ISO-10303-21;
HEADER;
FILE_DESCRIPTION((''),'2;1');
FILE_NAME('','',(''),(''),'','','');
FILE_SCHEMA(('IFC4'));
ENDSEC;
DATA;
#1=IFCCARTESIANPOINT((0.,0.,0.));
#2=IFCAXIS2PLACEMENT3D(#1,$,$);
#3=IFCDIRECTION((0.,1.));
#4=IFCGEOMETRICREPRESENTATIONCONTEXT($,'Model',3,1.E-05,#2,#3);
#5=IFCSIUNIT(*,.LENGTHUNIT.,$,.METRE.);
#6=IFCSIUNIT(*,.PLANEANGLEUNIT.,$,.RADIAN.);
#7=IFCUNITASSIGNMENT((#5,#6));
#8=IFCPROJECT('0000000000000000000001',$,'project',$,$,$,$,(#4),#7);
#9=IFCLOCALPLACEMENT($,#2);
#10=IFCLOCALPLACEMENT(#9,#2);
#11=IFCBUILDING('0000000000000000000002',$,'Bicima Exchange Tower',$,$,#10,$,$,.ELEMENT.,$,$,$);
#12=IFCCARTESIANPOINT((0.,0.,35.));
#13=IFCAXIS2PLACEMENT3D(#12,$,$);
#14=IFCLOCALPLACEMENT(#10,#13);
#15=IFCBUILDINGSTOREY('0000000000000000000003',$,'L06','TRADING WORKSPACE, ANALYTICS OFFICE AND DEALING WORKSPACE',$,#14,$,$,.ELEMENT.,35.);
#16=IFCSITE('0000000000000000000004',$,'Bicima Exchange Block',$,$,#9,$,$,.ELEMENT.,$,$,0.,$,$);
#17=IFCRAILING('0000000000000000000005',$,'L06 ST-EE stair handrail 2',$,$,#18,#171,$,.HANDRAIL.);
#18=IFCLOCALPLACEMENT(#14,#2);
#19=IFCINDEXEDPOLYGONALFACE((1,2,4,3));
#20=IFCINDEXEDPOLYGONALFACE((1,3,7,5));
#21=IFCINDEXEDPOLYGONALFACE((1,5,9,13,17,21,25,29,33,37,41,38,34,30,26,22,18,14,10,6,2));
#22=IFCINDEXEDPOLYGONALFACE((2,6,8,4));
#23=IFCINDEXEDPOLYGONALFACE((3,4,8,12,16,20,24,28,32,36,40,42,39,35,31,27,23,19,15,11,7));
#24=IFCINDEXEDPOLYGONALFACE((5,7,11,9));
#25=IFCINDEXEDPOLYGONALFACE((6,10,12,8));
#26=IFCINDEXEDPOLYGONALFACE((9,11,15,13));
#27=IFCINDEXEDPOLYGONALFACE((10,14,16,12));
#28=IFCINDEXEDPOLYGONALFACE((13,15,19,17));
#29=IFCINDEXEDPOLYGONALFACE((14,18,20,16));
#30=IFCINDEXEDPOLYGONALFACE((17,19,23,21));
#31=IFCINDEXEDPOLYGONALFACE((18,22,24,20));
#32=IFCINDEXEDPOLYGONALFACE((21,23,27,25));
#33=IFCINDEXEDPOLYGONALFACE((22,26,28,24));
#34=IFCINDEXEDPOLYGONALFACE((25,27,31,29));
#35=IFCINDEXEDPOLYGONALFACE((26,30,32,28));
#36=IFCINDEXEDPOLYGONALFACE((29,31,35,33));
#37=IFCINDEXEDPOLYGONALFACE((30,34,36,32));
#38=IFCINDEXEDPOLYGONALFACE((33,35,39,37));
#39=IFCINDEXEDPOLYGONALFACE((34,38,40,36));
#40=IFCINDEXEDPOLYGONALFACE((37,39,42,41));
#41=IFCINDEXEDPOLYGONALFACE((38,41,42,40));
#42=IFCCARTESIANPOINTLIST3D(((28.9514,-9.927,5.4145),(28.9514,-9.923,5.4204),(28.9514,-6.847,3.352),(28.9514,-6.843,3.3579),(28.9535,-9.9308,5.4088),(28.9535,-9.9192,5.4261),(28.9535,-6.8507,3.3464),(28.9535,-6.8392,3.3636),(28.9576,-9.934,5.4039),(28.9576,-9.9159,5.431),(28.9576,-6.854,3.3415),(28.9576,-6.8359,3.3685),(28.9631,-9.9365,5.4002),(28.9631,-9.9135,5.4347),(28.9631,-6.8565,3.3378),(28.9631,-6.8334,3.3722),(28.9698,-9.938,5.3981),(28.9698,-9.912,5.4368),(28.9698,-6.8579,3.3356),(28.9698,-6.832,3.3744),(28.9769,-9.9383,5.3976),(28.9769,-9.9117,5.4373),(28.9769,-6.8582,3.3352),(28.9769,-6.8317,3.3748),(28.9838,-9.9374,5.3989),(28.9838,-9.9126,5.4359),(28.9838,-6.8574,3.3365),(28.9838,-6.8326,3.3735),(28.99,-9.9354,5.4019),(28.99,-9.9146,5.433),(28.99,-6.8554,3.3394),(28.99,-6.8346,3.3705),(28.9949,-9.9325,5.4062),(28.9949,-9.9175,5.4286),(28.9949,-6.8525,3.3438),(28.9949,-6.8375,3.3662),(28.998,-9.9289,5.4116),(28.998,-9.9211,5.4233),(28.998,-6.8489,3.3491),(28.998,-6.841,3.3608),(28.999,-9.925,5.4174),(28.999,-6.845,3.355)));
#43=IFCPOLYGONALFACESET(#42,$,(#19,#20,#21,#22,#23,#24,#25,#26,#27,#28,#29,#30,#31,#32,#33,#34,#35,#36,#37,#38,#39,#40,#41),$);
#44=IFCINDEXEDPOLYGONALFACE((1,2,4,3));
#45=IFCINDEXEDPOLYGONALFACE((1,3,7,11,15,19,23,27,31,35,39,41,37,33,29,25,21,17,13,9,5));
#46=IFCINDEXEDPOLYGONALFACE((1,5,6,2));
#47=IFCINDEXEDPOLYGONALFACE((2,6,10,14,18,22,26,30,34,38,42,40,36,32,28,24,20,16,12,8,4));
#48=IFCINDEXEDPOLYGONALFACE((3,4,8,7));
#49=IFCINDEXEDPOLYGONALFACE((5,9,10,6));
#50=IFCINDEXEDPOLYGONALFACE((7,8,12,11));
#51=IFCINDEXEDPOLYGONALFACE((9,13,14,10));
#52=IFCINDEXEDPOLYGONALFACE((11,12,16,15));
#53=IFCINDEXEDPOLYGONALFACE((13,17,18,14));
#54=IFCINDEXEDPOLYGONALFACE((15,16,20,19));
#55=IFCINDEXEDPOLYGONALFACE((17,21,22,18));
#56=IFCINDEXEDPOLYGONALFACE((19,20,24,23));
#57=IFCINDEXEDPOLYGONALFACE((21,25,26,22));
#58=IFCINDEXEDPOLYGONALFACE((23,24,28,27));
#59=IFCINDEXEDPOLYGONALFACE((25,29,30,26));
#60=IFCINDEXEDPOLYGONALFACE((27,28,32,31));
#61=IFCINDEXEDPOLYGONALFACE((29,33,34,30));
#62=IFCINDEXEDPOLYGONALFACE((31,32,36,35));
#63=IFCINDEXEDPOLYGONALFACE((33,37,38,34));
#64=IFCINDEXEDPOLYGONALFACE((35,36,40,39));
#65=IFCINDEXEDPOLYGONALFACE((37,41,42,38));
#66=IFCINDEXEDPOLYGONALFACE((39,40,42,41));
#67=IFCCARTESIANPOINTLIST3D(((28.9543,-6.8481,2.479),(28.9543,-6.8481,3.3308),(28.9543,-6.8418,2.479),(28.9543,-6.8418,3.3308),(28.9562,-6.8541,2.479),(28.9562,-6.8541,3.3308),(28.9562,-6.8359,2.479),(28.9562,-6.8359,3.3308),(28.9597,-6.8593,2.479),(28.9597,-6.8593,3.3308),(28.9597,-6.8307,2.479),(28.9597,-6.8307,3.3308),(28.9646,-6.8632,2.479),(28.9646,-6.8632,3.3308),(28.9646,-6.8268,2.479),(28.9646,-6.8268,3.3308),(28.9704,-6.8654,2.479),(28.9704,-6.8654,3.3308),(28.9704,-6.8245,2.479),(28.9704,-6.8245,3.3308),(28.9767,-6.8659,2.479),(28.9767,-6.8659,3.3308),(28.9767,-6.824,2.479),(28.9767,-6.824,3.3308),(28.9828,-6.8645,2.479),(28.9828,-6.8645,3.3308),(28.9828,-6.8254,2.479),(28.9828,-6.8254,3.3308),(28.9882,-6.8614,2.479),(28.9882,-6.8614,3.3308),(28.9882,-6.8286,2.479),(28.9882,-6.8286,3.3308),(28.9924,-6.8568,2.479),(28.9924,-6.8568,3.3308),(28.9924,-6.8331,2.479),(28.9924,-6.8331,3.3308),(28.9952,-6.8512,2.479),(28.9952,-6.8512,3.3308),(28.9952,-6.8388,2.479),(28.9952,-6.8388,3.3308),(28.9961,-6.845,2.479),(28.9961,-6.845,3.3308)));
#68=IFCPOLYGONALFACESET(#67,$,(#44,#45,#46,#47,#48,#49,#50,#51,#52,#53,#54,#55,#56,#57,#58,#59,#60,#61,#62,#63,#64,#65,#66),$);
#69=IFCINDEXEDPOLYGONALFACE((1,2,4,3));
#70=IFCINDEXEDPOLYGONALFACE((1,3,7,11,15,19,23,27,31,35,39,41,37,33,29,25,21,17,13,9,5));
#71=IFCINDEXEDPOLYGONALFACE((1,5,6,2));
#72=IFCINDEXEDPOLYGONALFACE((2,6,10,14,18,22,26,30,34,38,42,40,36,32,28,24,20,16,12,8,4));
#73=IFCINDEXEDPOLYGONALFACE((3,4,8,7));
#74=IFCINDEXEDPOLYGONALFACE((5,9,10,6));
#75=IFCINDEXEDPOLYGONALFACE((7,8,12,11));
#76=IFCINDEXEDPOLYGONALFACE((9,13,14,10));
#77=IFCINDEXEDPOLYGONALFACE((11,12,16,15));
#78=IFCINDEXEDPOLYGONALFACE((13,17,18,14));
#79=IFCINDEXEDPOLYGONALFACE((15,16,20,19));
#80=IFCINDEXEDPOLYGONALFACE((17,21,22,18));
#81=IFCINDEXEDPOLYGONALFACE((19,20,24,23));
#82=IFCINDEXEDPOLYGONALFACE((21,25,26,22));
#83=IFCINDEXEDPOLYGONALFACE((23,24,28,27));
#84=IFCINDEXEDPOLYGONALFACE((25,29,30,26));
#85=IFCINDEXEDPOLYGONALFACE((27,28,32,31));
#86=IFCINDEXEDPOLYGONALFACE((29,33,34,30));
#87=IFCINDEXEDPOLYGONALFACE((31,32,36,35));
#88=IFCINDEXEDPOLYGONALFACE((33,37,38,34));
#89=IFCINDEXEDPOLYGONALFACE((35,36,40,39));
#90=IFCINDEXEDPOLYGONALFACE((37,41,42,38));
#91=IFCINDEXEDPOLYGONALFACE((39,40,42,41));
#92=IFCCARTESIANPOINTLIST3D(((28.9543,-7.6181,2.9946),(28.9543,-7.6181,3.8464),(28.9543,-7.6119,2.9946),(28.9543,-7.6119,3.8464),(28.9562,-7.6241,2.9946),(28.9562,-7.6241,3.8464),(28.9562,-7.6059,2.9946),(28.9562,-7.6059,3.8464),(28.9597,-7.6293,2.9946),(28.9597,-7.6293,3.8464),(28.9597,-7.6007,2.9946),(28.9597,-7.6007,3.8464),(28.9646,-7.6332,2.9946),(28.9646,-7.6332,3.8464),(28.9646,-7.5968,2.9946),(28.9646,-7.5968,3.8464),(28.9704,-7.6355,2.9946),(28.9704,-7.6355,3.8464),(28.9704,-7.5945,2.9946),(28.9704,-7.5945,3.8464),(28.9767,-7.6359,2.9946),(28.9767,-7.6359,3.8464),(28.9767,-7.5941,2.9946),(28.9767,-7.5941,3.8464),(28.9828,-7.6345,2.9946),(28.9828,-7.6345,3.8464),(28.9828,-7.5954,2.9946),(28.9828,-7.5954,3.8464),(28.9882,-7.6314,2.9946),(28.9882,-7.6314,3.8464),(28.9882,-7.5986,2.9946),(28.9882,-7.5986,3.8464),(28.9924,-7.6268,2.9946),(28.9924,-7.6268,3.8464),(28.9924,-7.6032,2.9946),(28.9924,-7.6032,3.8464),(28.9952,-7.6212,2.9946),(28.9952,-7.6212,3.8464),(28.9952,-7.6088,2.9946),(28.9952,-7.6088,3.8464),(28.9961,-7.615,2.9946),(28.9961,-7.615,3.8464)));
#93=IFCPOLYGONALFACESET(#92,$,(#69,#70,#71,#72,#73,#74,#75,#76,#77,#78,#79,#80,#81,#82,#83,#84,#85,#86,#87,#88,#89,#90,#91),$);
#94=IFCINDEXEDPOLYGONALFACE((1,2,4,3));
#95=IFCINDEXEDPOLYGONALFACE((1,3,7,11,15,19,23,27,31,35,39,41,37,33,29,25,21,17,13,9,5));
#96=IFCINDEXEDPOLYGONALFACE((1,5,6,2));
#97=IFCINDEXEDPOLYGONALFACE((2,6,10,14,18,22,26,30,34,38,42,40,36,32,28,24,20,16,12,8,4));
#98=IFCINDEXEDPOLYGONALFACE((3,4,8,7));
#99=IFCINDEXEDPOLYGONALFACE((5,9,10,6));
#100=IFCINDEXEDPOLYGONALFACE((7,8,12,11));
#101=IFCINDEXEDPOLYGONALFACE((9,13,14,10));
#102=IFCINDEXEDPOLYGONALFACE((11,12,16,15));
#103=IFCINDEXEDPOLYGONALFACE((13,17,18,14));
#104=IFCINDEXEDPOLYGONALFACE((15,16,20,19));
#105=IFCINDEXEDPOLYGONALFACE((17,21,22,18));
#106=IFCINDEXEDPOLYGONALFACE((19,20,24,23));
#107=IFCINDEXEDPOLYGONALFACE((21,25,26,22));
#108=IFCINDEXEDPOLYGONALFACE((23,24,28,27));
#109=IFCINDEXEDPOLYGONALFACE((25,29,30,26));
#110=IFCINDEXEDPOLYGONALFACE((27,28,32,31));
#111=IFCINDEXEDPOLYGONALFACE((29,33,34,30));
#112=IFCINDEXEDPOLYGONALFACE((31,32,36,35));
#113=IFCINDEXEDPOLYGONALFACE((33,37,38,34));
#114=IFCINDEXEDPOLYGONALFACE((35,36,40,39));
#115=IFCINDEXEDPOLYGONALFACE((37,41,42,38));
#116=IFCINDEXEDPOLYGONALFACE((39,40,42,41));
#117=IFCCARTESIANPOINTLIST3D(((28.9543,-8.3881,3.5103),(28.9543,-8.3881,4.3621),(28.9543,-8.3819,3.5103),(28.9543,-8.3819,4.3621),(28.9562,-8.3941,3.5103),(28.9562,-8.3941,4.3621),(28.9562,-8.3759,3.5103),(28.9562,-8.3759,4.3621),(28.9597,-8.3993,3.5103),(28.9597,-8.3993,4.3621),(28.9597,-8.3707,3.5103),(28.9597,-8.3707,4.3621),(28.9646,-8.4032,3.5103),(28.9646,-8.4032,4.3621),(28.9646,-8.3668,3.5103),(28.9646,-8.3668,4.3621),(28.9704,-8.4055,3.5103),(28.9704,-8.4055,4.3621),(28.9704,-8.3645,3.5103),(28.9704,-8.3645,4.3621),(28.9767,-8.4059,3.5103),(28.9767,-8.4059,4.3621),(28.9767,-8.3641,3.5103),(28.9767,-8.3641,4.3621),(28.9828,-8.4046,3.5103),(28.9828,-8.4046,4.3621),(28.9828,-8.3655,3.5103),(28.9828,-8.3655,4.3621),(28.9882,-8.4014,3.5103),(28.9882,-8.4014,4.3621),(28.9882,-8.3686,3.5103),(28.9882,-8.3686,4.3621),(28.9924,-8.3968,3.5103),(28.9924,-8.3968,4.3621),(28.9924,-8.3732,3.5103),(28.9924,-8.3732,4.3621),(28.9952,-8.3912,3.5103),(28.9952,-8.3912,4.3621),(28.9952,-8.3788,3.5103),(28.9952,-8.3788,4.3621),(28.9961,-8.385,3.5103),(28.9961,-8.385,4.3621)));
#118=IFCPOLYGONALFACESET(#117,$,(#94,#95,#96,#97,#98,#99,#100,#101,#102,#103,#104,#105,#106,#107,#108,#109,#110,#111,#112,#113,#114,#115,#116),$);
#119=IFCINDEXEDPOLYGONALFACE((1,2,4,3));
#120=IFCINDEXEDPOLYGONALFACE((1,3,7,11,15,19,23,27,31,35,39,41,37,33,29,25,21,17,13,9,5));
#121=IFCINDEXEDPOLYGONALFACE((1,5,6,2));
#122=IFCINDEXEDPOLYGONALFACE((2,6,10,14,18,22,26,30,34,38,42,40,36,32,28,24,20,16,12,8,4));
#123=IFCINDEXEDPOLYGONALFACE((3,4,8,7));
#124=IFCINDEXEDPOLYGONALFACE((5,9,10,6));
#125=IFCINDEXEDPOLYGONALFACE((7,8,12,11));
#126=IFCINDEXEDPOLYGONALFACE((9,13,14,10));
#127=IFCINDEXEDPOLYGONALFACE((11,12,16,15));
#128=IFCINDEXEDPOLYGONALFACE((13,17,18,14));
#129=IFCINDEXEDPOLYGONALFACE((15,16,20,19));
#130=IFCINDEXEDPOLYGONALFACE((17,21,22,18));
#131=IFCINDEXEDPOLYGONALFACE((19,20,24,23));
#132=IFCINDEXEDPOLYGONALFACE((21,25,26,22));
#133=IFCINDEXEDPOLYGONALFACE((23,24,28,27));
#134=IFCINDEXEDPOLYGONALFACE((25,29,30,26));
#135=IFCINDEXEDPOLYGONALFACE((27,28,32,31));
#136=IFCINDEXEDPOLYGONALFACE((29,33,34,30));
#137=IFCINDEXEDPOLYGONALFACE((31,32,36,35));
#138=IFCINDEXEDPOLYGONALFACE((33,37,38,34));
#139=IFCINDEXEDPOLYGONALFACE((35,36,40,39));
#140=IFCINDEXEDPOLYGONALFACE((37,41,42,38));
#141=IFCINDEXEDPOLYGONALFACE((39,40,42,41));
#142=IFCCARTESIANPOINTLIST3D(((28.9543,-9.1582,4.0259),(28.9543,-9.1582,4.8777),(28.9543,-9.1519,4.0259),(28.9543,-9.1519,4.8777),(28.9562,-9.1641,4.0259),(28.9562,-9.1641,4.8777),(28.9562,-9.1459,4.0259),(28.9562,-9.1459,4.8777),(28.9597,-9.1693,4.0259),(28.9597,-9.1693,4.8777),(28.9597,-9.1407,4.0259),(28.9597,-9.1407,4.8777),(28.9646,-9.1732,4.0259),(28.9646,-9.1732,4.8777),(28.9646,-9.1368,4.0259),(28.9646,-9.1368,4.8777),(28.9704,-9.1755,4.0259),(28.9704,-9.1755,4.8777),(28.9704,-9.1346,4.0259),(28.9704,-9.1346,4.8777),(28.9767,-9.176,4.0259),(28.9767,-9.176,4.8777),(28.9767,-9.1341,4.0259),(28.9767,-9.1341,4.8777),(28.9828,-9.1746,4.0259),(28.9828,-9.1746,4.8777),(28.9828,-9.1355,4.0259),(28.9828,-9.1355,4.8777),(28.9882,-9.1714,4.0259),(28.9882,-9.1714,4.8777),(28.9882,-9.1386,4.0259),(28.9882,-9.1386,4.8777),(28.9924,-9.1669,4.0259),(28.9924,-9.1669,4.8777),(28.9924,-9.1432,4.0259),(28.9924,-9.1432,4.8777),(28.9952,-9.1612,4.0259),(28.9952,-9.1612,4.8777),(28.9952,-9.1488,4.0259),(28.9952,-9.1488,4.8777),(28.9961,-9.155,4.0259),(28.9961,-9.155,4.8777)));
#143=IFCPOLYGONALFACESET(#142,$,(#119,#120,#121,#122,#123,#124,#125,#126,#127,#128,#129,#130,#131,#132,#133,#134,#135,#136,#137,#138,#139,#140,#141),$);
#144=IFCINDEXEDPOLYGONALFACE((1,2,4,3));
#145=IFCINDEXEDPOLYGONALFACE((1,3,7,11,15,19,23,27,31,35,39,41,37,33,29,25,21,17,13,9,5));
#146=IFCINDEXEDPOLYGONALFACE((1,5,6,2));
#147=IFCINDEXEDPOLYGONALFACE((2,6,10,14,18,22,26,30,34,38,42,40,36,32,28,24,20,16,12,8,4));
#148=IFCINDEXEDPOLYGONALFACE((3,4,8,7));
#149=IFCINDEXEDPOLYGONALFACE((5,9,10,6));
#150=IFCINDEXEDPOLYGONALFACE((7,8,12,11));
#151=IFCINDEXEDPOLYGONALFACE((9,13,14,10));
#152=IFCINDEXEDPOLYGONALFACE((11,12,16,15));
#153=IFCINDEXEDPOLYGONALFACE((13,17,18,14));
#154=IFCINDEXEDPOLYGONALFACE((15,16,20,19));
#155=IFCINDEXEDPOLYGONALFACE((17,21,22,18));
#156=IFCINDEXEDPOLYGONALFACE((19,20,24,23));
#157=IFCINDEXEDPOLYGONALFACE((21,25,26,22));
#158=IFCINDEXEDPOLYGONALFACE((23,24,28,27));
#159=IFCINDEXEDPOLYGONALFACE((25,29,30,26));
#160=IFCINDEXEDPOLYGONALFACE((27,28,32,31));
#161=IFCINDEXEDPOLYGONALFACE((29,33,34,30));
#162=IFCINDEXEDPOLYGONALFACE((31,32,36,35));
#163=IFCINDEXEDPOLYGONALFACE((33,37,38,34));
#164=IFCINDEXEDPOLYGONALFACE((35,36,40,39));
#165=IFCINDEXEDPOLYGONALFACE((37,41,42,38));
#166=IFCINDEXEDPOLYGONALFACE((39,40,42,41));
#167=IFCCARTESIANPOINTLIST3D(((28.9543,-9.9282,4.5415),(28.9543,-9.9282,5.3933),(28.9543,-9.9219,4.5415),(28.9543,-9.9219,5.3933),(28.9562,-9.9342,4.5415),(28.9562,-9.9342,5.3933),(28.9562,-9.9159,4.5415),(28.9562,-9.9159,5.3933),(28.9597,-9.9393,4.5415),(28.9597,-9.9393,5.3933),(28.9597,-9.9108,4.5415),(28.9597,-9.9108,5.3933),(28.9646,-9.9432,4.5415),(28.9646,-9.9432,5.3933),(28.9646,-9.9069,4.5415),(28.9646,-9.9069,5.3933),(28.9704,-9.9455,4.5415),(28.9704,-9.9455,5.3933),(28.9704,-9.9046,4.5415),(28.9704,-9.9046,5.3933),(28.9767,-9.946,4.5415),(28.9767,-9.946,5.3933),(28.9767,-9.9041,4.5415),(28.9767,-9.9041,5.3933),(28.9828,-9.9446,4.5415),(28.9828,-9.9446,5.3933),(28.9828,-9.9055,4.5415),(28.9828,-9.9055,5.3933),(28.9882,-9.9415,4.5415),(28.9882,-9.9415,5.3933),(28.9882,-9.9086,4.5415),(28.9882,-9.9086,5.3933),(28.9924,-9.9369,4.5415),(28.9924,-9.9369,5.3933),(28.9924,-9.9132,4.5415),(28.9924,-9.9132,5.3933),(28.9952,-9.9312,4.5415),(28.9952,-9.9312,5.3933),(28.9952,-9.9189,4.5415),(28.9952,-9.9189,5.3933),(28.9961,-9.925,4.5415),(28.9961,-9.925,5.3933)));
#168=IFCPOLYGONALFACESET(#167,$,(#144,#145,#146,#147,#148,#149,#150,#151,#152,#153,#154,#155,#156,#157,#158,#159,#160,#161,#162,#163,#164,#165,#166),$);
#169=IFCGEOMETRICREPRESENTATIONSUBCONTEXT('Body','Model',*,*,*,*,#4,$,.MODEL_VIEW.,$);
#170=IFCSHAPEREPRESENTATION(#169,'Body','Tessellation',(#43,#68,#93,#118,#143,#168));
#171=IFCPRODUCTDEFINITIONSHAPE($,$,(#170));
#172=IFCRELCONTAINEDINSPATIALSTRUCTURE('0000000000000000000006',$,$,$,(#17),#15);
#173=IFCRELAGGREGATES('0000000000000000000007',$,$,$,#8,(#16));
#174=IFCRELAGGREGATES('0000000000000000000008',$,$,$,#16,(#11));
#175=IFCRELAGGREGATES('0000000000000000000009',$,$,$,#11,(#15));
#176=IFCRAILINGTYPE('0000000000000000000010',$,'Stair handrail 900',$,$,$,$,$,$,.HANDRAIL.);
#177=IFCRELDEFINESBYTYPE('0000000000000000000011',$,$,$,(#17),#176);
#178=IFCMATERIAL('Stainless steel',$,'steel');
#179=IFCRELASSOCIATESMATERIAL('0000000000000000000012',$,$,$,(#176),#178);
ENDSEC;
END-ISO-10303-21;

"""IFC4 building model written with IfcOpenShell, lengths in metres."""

from ifc_helpers import new_model, si_unit, direction, frame, origin, origin_2d, place, context, subcontext, project, spatial, circle, extrude, material, type_object, element, save


model = new_model("IFC4")

# Units and contexts
model_context = context("Model", 3, precision=1e-05, world=origin(), true_north=direction((0.0, 1.0)))
body_context = subcontext(model_context, "Body", "Model", "MODEL_VIEW")
ifc_project = project(units=[si_unit("LENGTHUNIT", "METRE"), si_unit("PLANEANGLEUNIT", "RADIAN")], contexts=[model_context])

# Site, building, storey
site_placement = place(None, origin())
site = spatial("IfcSite", under=ifc_project, at=site_placement, Name="Bicima Exchange Block", CompositionType="ELEMENT", RefElevation=0.0)
building_placement = place(site_placement, origin())
building = spatial("IfcBuilding", under=site, at=building_placement, Name="Bicima Exchange Tower", CompositionType="ELEMENT")
storey_placement = place(building_placement, frame((0.0, 0.0, 35.0)))
storey = spatial("IfcBuildingStorey", under=building, at=storey_placement, Name="L06", Description="TRADING WORKSPACE, ANALYTICS OFFICE AND DEALING WORKSPACE", CompositionType="ELEMENT", Elevation=35.0)

# Railing
ifc_material_1 = material(Name="Stainless steel", Category="steel")
railing_type_1 = type_object("IfcRailingType", Name="Stair handrail 900", PredefinedType="HANDRAIL", material=ifc_material_1)
railing_1_placement = place(storey_placement, frame((28.9751, -6.845, 2.479)))
element("IfcRailing", 1, at=railing_1_placement, inside=storey, type_object=railing_type_1, Name="L06 ST-EE stair handrail 2", PredefinedType="HANDRAIL", context=body_context, shape_type="SweptSolid", body=[
    extrude(circle(Radius=0.0239, at=origin_2d()), frame((0.0, 0.0, 0.876), z_axis=(0.0, -0.830914, 0.556401), x_axis=(1.0, 0.0, 0.0)), (0.0, 0.0, 1.0), 3.7068),
    extrude(circle(Radius=0.021, at=origin_2d()), origin(), (0.0, 0.0, 1.0), 0.8518),
    extrude(circle(Radius=0.021, at=origin_2d()), frame((0.0, -0.77, 0.5156)), (0.0, 0.0, 1.0), 0.8518),
    extrude(circle(Radius=0.021, at=origin_2d()), frame((0.0, -1.54, 1.0312)), (0.0, 0.0, 1.0), 0.8518),
    extrude(circle(Radius=0.021, at=origin_2d()), frame((0.0, -2.3101, 1.5469)), (0.0, 0.0, 1.0), 0.8518),
    extrude(circle(Radius=0.021, at=origin_2d()), frame((0.0, -3.0801, 2.0625)), (0.0, 0.0, 1.0), 0.8518),
])

save(model, "model.ifc")
